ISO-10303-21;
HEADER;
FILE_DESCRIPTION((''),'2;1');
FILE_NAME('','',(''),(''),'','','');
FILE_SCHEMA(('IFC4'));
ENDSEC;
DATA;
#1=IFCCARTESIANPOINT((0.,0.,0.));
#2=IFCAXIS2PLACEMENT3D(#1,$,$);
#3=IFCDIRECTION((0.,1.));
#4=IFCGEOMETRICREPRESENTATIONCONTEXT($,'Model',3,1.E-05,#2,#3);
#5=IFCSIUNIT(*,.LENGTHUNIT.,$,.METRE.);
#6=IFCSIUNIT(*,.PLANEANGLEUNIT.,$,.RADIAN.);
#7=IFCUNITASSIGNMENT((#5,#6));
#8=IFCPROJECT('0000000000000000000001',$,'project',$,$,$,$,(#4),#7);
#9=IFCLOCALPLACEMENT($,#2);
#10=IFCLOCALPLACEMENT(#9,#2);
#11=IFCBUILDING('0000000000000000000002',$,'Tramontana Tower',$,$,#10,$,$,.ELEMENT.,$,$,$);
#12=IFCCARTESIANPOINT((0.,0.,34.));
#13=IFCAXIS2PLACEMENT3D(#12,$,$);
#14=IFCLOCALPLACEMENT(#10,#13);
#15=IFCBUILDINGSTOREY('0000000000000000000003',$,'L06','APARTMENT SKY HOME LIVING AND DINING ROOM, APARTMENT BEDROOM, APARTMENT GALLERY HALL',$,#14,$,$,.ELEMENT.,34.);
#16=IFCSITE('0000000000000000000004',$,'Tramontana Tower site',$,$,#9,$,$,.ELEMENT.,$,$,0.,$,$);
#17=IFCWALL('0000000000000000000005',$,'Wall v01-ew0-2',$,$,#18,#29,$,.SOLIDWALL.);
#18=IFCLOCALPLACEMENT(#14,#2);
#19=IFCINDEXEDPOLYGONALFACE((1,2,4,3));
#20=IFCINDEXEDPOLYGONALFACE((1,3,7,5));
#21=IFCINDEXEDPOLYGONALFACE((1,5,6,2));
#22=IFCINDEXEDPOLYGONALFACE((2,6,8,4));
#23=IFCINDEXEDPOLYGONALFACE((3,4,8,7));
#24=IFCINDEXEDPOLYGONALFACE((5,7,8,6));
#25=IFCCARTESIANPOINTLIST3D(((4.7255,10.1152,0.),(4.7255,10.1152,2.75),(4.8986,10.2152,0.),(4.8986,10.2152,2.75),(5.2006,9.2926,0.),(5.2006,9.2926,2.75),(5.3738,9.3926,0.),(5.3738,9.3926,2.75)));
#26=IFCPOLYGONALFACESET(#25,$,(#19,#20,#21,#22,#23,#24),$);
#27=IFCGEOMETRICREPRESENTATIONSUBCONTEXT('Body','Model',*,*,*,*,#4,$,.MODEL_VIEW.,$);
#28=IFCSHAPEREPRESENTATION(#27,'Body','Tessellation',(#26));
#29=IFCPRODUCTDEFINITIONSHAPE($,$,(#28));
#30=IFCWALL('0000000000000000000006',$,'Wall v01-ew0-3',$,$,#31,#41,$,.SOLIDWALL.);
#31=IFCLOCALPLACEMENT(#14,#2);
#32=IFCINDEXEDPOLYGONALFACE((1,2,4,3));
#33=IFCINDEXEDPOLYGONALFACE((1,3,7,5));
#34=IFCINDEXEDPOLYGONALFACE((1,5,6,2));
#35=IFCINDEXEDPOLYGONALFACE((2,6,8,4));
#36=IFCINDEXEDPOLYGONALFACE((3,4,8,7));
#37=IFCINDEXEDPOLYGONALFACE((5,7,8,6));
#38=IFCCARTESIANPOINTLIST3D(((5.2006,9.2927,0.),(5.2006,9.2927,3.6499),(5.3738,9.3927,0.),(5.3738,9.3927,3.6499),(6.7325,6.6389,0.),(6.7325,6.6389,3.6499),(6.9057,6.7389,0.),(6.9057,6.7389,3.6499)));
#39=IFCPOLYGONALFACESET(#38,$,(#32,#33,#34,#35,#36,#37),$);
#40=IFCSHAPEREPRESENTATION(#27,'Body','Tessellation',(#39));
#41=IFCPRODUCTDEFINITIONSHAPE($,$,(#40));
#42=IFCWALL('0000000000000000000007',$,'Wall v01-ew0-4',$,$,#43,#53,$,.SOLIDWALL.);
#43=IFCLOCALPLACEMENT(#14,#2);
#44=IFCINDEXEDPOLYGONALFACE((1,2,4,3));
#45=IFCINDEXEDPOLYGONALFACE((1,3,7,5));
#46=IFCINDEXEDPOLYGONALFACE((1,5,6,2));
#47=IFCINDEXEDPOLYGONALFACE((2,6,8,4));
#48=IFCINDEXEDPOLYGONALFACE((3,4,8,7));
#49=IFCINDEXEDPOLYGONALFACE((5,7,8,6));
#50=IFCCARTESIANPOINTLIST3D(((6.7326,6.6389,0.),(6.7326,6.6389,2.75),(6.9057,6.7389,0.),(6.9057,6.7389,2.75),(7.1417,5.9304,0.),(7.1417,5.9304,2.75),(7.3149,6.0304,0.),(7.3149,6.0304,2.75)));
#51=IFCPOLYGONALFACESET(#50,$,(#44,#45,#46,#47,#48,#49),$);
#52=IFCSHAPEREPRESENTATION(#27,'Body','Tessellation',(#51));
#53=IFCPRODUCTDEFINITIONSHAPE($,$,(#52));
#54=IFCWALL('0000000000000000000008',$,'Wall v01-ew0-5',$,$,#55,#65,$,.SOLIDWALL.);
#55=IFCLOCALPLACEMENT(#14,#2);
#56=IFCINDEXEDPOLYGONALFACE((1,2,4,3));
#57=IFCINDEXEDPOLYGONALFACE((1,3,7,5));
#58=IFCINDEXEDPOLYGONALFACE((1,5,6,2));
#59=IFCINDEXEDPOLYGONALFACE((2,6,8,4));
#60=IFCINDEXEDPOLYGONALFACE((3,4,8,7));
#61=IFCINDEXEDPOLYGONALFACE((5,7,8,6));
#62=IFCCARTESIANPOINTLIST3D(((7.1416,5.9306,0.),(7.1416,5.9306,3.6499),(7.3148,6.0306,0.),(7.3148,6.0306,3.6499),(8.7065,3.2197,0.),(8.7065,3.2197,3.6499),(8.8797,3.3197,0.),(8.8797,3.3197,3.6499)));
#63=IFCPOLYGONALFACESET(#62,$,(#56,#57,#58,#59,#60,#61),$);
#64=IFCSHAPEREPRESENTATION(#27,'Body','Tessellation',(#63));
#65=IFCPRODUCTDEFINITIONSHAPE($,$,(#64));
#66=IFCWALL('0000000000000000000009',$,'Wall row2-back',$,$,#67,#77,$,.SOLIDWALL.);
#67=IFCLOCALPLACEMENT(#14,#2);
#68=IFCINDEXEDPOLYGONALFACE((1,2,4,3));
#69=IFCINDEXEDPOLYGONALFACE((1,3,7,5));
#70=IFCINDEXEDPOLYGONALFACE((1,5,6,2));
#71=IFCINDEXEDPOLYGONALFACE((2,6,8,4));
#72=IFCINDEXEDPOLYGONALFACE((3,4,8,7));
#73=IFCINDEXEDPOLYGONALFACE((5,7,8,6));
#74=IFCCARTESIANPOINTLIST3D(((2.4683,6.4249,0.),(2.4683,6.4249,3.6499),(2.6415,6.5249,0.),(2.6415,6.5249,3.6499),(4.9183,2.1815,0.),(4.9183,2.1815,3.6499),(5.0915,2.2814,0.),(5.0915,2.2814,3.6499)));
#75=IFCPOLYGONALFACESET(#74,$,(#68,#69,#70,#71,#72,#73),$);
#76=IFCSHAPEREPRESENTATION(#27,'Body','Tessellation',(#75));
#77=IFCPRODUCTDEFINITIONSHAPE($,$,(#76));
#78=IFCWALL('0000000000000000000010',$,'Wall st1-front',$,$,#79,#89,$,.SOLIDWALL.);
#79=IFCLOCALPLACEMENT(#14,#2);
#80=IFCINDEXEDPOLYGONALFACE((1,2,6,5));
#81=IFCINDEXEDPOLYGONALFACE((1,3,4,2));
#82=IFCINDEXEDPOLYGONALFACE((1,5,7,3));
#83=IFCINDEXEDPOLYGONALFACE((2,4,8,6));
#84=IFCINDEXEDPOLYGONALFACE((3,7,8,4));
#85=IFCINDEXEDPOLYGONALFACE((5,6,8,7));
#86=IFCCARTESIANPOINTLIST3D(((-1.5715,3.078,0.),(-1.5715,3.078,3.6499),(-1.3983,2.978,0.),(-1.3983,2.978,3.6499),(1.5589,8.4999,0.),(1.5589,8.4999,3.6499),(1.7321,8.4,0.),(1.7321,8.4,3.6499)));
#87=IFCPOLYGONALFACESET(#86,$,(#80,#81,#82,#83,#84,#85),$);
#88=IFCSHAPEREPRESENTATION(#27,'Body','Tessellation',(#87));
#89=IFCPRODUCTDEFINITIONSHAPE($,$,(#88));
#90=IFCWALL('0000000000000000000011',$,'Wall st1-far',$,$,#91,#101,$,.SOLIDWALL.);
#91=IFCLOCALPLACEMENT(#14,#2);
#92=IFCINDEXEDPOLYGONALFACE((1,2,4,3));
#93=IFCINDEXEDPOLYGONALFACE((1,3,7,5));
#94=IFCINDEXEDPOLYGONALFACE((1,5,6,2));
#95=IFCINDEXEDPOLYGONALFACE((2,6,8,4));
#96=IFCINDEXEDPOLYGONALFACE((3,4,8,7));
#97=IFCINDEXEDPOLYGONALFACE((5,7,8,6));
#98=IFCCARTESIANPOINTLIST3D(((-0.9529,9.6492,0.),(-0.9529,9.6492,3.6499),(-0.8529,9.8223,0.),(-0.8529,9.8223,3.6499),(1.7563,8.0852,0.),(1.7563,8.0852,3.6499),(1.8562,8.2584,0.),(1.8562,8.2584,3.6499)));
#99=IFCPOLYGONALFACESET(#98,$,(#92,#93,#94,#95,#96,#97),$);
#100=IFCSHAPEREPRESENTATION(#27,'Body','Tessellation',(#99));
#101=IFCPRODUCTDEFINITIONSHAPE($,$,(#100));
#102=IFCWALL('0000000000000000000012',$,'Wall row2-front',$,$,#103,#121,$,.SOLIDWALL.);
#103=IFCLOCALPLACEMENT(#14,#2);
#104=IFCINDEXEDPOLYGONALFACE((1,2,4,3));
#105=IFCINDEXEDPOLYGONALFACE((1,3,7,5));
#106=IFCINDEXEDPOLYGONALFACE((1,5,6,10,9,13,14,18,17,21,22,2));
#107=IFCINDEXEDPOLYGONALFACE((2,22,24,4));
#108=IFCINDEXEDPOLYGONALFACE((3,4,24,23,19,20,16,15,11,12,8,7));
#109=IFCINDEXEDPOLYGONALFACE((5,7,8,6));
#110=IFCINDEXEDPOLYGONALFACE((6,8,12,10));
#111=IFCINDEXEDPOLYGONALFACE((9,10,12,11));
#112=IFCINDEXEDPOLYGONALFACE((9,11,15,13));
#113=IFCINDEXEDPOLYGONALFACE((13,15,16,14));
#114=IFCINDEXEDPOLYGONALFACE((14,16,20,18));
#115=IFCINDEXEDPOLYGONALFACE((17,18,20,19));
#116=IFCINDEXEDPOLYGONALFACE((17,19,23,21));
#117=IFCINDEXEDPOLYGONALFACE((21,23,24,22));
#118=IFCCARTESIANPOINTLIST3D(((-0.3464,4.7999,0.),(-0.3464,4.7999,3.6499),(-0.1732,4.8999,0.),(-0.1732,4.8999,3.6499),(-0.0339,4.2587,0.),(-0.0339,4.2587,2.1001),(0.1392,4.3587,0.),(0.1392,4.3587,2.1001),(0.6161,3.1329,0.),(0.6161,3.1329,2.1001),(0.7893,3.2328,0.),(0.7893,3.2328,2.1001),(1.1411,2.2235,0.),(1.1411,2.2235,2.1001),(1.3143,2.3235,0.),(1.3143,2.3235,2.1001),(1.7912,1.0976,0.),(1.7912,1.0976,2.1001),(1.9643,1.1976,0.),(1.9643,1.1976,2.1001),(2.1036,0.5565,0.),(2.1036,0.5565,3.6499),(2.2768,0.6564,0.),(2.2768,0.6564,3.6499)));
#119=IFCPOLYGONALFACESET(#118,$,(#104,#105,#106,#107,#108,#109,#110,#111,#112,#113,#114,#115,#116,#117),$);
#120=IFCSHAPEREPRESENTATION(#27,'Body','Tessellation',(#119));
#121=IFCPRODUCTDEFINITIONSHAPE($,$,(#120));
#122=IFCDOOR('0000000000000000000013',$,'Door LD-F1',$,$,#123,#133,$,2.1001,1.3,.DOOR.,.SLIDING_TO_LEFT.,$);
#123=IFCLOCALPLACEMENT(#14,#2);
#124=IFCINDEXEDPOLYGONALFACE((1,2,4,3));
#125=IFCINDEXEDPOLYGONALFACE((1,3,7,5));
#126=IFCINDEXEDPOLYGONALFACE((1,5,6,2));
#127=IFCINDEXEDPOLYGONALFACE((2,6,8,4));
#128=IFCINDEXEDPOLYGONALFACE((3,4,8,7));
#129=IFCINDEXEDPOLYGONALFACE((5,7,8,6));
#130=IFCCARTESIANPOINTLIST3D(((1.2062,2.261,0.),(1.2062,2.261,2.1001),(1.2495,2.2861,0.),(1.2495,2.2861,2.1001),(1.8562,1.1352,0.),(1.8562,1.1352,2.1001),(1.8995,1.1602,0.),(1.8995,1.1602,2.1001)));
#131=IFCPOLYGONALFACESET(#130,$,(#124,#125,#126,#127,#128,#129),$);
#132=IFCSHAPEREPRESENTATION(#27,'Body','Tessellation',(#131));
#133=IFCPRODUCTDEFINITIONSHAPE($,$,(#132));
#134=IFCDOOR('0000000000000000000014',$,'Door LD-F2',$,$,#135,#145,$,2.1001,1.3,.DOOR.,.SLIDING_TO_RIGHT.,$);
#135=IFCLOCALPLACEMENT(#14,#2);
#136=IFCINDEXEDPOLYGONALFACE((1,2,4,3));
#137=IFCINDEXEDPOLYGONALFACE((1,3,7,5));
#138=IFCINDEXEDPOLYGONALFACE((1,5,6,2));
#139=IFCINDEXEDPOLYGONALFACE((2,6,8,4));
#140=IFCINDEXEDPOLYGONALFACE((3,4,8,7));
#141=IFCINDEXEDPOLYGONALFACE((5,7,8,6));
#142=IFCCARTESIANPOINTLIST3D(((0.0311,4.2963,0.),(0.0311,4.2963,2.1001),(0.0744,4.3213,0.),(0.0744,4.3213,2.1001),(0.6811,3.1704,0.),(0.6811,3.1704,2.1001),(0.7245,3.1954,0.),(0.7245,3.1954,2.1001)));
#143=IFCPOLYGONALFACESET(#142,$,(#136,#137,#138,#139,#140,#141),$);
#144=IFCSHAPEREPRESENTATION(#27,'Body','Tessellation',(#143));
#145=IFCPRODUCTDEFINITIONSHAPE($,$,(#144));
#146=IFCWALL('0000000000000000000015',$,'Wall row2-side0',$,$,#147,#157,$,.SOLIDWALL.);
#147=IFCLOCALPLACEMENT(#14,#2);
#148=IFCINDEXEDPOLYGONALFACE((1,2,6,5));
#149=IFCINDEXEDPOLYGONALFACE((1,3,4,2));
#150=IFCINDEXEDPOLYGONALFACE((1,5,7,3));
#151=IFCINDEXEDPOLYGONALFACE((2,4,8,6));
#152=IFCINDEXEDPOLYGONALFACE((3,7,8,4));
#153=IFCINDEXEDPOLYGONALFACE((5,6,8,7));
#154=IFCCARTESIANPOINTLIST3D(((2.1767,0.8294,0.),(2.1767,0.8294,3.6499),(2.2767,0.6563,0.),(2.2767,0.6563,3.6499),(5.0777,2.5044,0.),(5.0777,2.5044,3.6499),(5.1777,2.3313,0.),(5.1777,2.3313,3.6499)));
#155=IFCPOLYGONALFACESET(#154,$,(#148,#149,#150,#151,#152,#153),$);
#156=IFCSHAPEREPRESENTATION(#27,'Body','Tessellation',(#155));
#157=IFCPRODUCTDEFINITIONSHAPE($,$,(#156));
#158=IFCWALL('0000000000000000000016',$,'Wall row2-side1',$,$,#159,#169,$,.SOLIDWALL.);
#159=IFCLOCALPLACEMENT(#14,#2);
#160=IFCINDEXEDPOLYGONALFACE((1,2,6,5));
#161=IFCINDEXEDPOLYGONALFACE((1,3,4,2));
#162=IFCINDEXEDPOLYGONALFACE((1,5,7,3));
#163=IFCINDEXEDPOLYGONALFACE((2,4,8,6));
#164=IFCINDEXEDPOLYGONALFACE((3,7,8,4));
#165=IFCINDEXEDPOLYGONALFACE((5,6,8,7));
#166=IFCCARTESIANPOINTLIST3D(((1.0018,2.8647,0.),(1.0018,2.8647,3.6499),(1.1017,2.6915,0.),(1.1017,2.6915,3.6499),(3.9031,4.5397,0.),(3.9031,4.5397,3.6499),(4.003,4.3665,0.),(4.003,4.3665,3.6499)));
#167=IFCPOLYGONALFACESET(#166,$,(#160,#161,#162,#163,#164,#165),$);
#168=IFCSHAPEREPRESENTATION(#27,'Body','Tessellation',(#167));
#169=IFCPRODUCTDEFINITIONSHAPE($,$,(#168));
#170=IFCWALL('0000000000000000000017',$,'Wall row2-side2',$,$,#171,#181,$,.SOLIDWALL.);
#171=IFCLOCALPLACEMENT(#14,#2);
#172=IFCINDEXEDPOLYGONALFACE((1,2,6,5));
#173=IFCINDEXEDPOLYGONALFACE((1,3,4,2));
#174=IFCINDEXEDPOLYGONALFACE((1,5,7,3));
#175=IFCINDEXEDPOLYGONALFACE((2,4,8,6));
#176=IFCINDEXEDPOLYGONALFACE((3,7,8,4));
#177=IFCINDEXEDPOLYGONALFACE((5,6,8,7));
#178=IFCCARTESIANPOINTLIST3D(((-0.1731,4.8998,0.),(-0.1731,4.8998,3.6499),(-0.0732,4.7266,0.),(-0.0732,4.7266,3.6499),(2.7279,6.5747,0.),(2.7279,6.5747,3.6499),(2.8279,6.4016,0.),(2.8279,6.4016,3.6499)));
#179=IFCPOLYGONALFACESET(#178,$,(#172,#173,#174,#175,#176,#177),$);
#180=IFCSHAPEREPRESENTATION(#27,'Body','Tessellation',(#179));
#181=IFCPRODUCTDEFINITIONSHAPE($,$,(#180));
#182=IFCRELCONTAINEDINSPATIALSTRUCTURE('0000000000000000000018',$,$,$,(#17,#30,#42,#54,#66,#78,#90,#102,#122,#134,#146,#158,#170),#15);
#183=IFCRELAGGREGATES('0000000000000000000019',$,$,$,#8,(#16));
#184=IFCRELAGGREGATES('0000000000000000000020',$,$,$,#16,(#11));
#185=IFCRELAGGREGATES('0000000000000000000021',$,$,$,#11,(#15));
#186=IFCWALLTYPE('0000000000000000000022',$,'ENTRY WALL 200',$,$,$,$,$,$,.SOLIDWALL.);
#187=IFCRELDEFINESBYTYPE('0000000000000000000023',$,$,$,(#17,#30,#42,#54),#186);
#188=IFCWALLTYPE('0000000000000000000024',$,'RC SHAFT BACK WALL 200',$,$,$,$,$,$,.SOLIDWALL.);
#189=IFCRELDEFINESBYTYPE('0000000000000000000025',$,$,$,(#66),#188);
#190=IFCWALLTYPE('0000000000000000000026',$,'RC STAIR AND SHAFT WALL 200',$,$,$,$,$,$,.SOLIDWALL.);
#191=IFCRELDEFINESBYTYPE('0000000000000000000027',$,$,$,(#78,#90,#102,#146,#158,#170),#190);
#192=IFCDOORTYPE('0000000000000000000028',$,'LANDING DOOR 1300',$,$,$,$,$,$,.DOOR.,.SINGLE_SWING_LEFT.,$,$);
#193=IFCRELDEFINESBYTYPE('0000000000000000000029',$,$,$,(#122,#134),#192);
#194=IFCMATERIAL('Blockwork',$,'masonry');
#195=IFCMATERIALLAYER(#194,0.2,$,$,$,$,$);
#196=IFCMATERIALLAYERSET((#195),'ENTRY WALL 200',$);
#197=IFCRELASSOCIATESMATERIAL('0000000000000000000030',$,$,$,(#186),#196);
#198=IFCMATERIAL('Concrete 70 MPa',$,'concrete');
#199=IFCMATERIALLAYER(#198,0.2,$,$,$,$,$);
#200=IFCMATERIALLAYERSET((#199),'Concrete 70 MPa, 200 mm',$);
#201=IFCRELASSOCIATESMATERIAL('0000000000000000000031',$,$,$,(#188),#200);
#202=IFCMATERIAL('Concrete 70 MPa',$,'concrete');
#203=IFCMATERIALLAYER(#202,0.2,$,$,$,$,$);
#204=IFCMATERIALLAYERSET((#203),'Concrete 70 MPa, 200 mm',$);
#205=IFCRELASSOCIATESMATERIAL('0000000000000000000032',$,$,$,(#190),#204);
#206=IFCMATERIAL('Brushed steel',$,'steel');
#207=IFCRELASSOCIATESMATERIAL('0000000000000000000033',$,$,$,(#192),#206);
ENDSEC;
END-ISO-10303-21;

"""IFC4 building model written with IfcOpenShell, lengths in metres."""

from ifc_helpers import new_model, si_unit, direction, frame, frame_2d, origin, place, context, subcontext, project, spatial, rectangle, extrude, material, layer, layer_set, type_object, element, fill, save


model = new_model("IFC4")

# Units and contexts
model_context = context("Model", 3, precision=1e-05, world=origin(), true_north=direction((0.0, 1.0)))
body_context = subcontext(model_context, "Body", "Model", "MODEL_VIEW")
ifc_project = project(units=[si_unit("LENGTHUNIT", "METRE"), si_unit("PLANEANGLEUNIT", "RADIAN")], contexts=[model_context])

# Site, building, storey
site_placement = place(None, origin())
site = spatial("IfcSite", under=ifc_project, at=site_placement, Name="Tramontana Tower site", CompositionType="ELEMENT", RefElevation=0.0)
building_placement = place(site_placement, origin())
building = spatial("IfcBuilding", under=site, at=building_placement, Name="Tramontana Tower", CompositionType="ELEMENT")
storey_placement = place(building_placement, frame((0.0, 0.0, 34.0)))
storey = spatial("IfcBuildingStorey", under=building, at=storey_placement, Name="L06", Description="APARTMENT SKY HOME LIVING AND DINING ROOM, APARTMENT BEDROOM, APARTMENT GALLERY HALL", CompositionType="ELEMENT", Elevation=34.0)

# Walls
ifc_material_1 = material(Name="Blockwork", Category="masonry")
ifc_layer_1 = layer(ifc_material_1, 0.2)
ifc_layer_set_1 = layer_set([ifc_layer_1], Name="ENTRY WALL 200")
wall_type_1 = type_object("IfcWallType", Name="ENTRY WALL 200", PredefinedType="SOLIDWALL", material=ifc_layer_set_1)
wall_1_placement = place(storey_placement, frame((4.812, 10.1653, 0.0), z_axis=(0.0, 0.0, 1.0), x_axis=(0.500175, -0.865924, 0.0)))
element("IfcWall", 1, at=wall_1_placement, inside=storey, type_object=wall_type_1, Name="Wall v01-ew0-2", PredefinedType="SOLIDWALL", context=body_context, shape_type="SweptSolid", body=[
    extrude(rectangle(XDim=0.95, YDim=0.2, at=frame_2d((0.4751, 0.0))), origin(), (0.0, 0.0, 1.0), 2.75),
])
wall_2_placement = place(storey_placement, frame((5.2871, 9.3428, 0.0), z_axis=(0.0, 0.0, 1.0), x_axis=(0.499952, -0.866053, 0.0)))
element("IfcWall", 2, at=wall_2_placement, inside=storey, type_object=wall_type_1, Name="Wall v01-ew0-3", PredefinedType="SOLIDWALL", context=body_context, shape_type="SweptSolid", body=[
    extrude(rectangle(XDim=3.0642, YDim=0.2, at=frame_2d((1.5322, 0.0))), origin(), (0.0, 0.0, 1.0), 3.6499),
])
wall_3_placement = place(storey_placement, frame((6.8191, 6.689, 0.0), z_axis=(0.0, 0.0, 1.0), x_axis=(0.500119, -0.865957, 0.0)))
element("IfcWall", 3, at=wall_3_placement, inside=storey, type_object=wall_type_1, Name="Wall v01-ew0-4", PredefinedType="SOLIDWALL", context=body_context, shape_type="SweptSolid", body=[
    extrude(rectangle(XDim=0.8181, YDim=0.2, at=frame_2d((0.4092, 0.0))), origin(), (0.0, 0.0, 1.0), 2.75),
])
wall_4_placement = place(storey_placement, frame((7.2283, 5.9805, 0.0), z_axis=(0.0, 0.0, 1.0), x_axis=(0.499948, -0.866056, 0.0)))
element("IfcWall", 4, at=wall_4_placement, inside=storey, type_object=wall_type_1, Name="Wall v01-ew0-5", PredefinedType="SOLIDWALL", context=body_context, shape_type="SweptSolid", body=[
    extrude(rectangle(XDim=3.1301, YDim=0.2, at=frame_2d((1.5649, 0.0))), origin(), (0.0, 0.0, 1.0), 3.6499),
])

# Walls
ifc_material_2 = material(Name="Concrete 70 MPa", Category="concrete")
ifc_layer_2 = layer(ifc_material_2, 0.2)
ifc_layer_set_2 = layer_set([ifc_layer_2], Name="Concrete 70 MPa, 200 mm")
wall_type_2 = type_object("IfcWallType", Name="RC SHAFT BACK WALL 200", PredefinedType="SOLIDWALL", material=ifc_layer_set_2)
wall_5_placement = place(storey_placement, frame((5.0049, 2.2314, 0.0), z_axis=(0.0, 0.0, 1.0), x_axis=(-0.500003, 0.866024, 0.0)))
element("IfcWall", 5, at=wall_5_placement, inside=storey, type_object=wall_type_2, Name="Wall row2-back", PredefinedType="SOLIDWALL", context=body_context, shape_type="SweptSolid", body=[
    extrude(rectangle(XDim=4.8999, YDim=0.2, at=frame_2d((2.45, 0.0))), origin(), (0.0, 0.0, 1.0), 3.6499),
])
ifc_material_3 = material(Name="Concrete 70 MPa", Category="concrete")
ifc_layer_3 = layer(ifc_material_3, 0.2)
ifc_layer_set_3 = layer_set([ifc_layer_3], Name="Concrete 70 MPa, 200 mm")
wall_type_3 = type_object("IfcWallType", Name="RC STAIR AND SHAFT WALL 200", PredefinedType="SOLIDWALL", material=ifc_layer_set_3)
wall_6_placement = place(storey_placement, frame((1.6455, 8.45, 0.0), z_axis=(0.0, 0.0, 1.0), x_axis=(-0.500006, -0.866022, 0.0)))
element("IfcWall", 6, at=wall_6_placement, inside=storey, type_object=wall_type_3, Name="Wall st1-front", PredefinedType="SOLIDWALL", context=body_context, shape_type="SweptSolid", body=[
    extrude(rectangle(XDim=6.2607, YDim=0.2, at=frame_2d((3.1304, 0.0))), origin(), (0.0, 0.0, 1.0), 3.6499),
])
wall_7_placement = place(storey_placement, frame((1.8062, 8.1719, 0.0), z_axis=(0.0, 0.0, 1.0), x_axis=(-0.866054, 0.49995, 0.0)))
element("IfcWall", 7, at=wall_7_placement, inside=storey, type_object=wall_type_3, Name="Wall st1-far", PredefinedType="SOLIDWALL", context=body_context, shape_type="SweptSolid", body=[
    extrude(rectangle(XDim=3.1282, YDim=0.2, at=frame_2d((1.564, 0.0))), origin(), (0.0, 0.0, 1.0), 3.6499),
])

# Wall, openings, doors
wall_8_placement = place(storey_placement, frame((2.1902, 0.6064, 0.0), z_axis=(0.0, 0.0, 1.0), x_axis=(-0.500003, 0.866024, 0.0)))
wall_8 = element("IfcWall", 8, at=wall_8_placement, inside=storey, type_object=wall_type_3, Name="Wall row2-front", PredefinedType="SOLIDWALL", context=body_context, shape_type="SweptSolid", body=[
    extrude(rectangle(XDim=4.8999, YDim=0.2, at=frame_2d((2.45, 0.0))), origin(), (0.0, 0.0, 1.0), 3.6499),
])
opening_1_placement = place(wall_8_placement, frame((0.625, 0.0, 0.0)))
opening_1 = element("IfcOpeningElement", 9, at=opening_1_placement, cuts=wall_8, PredefinedType="OPENING", context=body_context, shape_type="SweptSolid", body=[
    extrude(rectangle(XDim=1.3, YDim=2.1001, at=frame_2d((0.6499, 1.05))), frame((0.0, 0.1099, 0.0), z_axis=(0.0, -1.0, 0.0), x_axis=(1.0, 0.0, 0.0)), (0.0, 0.0, 1.0), 0.22),
])
opening_2_placement = place(wall_8_placement, frame((2.9751, 0.0, 0.0)))
opening_2 = element("IfcOpeningElement", 10, at=opening_2_placement, cuts=wall_8, PredefinedType="OPENING", context=body_context, shape_type="SweptSolid", body=[
    extrude(rectangle(XDim=1.3, YDim=2.1001, at=frame_2d((0.6499, 1.05))), frame((0.0, 0.1099, 0.0), z_axis=(0.0, -1.0, 0.0), x_axis=(1.0, 0.0, 0.0)), (0.0, 0.0, 1.0), 0.22),
])
ifc_material_4 = material(Name="Brushed steel", Category="steel")
door_type_1 = type_object("IfcDoorType", Name="LANDING DOOR 1300", OperationType="SINGLE_SWING_LEFT", PredefinedType="DOOR", material=ifc_material_4)
door_1_placement = place(opening_1_placement, origin())
door_1 = element("IfcDoor", 11, at=door_1_placement, inside=storey, type_object=door_type_1, Name="Door LD-F1", OperationType="SLIDING_TO_LEFT", OverallHeight=2.1001, OverallWidth=1.3, PredefinedType="DOOR", context=body_context, shape_type="SweptSolid", body=[
    extrude(rectangle(XDim=1.3, YDim=2.1001, at=frame_2d((0.6499, 1.05))), frame((0.0, 0.0249, 0.0), z_axis=(0.0, -1.0, 0.0), x_axis=(1.0, 0.0, 0.0)), (0.0, 0.0, 1.0), 0.05),
])
fill(opening_1, door_1)
door_2_placement = place(opening_2_placement, origin())
door_2 = element("IfcDoor", 12, at=door_2_placement, inside=storey, type_object=door_type_1, Name="Door LD-F2", OperationType="SLIDING_TO_RIGHT", OverallHeight=2.1001, OverallWidth=1.3, PredefinedType="DOOR", context=body_context, shape_type="SweptSolid", body=[
    extrude(rectangle(XDim=1.3, YDim=2.1001, at=frame_2d((0.6499, 1.05))), frame((0.0, 0.0249, 0.0), z_axis=(0.0, -1.0, 0.0), x_axis=(1.0, 0.0, 0.0)), (0.0, 0.0, 1.0), 0.05),
])
fill(opening_2, door_2)

# Walls
wall_9_placement = place(storey_placement, frame((2.2268, 0.7429, 0.0), z_axis=(0.0, 0.0, 1.0), x_axis=(0.866014, 0.500019, 0.0)))
element("IfcWall", 13, at=wall_9_placement, inside=storey, type_object=wall_type_3, Name="Wall row2-side0", PredefinedType="SOLIDWALL", context=body_context, shape_type="SweptSolid", body=[
    extrude(rectangle(XDim=3.3499, YDim=0.2, at=frame_2d((1.6748, 0.0))), origin(), (0.0, 0.0, 1.0), 3.6499),
])
wall_10_placement = place(storey_placement, frame((1.0518, 2.7781, 0.0), z_axis=(0.0, 0.0, 1.0), x_axis=(0.866033, 0.499987, 0.0)))
element("IfcWall", 14, at=wall_10_placement, inside=storey, type_object=wall_type_3, Name="Wall row2-side1", PredefinedType="SOLIDWALL", context=body_context, shape_type="SweptSolid", body=[
    extrude(rectangle(XDim=3.3501, YDim=0.2, at=frame_2d((1.675, 0.0))), origin(), (0.0, 0.0, 1.0), 3.6499),
])
wall_11_placement = place(storey_placement, frame((-0.123, 4.8132, 0.0), z_axis=(0.0, 0.0, 1.0), x_axis=(0.866014, 0.500019, 0.0)))
element("IfcWall", 15, at=wall_11_placement, inside=storey, type_object=wall_type_3, Name="Wall row2-side2", PredefinedType="SOLIDWALL", context=body_context, shape_type="SweptSolid", body=[
    extrude(rectangle(XDim=3.3499, YDim=0.2, at=frame_2d((1.6748, 0.0))), origin(), (0.0, 0.0, 1.0), 3.6499),
])

save(model, "model.ifc")
